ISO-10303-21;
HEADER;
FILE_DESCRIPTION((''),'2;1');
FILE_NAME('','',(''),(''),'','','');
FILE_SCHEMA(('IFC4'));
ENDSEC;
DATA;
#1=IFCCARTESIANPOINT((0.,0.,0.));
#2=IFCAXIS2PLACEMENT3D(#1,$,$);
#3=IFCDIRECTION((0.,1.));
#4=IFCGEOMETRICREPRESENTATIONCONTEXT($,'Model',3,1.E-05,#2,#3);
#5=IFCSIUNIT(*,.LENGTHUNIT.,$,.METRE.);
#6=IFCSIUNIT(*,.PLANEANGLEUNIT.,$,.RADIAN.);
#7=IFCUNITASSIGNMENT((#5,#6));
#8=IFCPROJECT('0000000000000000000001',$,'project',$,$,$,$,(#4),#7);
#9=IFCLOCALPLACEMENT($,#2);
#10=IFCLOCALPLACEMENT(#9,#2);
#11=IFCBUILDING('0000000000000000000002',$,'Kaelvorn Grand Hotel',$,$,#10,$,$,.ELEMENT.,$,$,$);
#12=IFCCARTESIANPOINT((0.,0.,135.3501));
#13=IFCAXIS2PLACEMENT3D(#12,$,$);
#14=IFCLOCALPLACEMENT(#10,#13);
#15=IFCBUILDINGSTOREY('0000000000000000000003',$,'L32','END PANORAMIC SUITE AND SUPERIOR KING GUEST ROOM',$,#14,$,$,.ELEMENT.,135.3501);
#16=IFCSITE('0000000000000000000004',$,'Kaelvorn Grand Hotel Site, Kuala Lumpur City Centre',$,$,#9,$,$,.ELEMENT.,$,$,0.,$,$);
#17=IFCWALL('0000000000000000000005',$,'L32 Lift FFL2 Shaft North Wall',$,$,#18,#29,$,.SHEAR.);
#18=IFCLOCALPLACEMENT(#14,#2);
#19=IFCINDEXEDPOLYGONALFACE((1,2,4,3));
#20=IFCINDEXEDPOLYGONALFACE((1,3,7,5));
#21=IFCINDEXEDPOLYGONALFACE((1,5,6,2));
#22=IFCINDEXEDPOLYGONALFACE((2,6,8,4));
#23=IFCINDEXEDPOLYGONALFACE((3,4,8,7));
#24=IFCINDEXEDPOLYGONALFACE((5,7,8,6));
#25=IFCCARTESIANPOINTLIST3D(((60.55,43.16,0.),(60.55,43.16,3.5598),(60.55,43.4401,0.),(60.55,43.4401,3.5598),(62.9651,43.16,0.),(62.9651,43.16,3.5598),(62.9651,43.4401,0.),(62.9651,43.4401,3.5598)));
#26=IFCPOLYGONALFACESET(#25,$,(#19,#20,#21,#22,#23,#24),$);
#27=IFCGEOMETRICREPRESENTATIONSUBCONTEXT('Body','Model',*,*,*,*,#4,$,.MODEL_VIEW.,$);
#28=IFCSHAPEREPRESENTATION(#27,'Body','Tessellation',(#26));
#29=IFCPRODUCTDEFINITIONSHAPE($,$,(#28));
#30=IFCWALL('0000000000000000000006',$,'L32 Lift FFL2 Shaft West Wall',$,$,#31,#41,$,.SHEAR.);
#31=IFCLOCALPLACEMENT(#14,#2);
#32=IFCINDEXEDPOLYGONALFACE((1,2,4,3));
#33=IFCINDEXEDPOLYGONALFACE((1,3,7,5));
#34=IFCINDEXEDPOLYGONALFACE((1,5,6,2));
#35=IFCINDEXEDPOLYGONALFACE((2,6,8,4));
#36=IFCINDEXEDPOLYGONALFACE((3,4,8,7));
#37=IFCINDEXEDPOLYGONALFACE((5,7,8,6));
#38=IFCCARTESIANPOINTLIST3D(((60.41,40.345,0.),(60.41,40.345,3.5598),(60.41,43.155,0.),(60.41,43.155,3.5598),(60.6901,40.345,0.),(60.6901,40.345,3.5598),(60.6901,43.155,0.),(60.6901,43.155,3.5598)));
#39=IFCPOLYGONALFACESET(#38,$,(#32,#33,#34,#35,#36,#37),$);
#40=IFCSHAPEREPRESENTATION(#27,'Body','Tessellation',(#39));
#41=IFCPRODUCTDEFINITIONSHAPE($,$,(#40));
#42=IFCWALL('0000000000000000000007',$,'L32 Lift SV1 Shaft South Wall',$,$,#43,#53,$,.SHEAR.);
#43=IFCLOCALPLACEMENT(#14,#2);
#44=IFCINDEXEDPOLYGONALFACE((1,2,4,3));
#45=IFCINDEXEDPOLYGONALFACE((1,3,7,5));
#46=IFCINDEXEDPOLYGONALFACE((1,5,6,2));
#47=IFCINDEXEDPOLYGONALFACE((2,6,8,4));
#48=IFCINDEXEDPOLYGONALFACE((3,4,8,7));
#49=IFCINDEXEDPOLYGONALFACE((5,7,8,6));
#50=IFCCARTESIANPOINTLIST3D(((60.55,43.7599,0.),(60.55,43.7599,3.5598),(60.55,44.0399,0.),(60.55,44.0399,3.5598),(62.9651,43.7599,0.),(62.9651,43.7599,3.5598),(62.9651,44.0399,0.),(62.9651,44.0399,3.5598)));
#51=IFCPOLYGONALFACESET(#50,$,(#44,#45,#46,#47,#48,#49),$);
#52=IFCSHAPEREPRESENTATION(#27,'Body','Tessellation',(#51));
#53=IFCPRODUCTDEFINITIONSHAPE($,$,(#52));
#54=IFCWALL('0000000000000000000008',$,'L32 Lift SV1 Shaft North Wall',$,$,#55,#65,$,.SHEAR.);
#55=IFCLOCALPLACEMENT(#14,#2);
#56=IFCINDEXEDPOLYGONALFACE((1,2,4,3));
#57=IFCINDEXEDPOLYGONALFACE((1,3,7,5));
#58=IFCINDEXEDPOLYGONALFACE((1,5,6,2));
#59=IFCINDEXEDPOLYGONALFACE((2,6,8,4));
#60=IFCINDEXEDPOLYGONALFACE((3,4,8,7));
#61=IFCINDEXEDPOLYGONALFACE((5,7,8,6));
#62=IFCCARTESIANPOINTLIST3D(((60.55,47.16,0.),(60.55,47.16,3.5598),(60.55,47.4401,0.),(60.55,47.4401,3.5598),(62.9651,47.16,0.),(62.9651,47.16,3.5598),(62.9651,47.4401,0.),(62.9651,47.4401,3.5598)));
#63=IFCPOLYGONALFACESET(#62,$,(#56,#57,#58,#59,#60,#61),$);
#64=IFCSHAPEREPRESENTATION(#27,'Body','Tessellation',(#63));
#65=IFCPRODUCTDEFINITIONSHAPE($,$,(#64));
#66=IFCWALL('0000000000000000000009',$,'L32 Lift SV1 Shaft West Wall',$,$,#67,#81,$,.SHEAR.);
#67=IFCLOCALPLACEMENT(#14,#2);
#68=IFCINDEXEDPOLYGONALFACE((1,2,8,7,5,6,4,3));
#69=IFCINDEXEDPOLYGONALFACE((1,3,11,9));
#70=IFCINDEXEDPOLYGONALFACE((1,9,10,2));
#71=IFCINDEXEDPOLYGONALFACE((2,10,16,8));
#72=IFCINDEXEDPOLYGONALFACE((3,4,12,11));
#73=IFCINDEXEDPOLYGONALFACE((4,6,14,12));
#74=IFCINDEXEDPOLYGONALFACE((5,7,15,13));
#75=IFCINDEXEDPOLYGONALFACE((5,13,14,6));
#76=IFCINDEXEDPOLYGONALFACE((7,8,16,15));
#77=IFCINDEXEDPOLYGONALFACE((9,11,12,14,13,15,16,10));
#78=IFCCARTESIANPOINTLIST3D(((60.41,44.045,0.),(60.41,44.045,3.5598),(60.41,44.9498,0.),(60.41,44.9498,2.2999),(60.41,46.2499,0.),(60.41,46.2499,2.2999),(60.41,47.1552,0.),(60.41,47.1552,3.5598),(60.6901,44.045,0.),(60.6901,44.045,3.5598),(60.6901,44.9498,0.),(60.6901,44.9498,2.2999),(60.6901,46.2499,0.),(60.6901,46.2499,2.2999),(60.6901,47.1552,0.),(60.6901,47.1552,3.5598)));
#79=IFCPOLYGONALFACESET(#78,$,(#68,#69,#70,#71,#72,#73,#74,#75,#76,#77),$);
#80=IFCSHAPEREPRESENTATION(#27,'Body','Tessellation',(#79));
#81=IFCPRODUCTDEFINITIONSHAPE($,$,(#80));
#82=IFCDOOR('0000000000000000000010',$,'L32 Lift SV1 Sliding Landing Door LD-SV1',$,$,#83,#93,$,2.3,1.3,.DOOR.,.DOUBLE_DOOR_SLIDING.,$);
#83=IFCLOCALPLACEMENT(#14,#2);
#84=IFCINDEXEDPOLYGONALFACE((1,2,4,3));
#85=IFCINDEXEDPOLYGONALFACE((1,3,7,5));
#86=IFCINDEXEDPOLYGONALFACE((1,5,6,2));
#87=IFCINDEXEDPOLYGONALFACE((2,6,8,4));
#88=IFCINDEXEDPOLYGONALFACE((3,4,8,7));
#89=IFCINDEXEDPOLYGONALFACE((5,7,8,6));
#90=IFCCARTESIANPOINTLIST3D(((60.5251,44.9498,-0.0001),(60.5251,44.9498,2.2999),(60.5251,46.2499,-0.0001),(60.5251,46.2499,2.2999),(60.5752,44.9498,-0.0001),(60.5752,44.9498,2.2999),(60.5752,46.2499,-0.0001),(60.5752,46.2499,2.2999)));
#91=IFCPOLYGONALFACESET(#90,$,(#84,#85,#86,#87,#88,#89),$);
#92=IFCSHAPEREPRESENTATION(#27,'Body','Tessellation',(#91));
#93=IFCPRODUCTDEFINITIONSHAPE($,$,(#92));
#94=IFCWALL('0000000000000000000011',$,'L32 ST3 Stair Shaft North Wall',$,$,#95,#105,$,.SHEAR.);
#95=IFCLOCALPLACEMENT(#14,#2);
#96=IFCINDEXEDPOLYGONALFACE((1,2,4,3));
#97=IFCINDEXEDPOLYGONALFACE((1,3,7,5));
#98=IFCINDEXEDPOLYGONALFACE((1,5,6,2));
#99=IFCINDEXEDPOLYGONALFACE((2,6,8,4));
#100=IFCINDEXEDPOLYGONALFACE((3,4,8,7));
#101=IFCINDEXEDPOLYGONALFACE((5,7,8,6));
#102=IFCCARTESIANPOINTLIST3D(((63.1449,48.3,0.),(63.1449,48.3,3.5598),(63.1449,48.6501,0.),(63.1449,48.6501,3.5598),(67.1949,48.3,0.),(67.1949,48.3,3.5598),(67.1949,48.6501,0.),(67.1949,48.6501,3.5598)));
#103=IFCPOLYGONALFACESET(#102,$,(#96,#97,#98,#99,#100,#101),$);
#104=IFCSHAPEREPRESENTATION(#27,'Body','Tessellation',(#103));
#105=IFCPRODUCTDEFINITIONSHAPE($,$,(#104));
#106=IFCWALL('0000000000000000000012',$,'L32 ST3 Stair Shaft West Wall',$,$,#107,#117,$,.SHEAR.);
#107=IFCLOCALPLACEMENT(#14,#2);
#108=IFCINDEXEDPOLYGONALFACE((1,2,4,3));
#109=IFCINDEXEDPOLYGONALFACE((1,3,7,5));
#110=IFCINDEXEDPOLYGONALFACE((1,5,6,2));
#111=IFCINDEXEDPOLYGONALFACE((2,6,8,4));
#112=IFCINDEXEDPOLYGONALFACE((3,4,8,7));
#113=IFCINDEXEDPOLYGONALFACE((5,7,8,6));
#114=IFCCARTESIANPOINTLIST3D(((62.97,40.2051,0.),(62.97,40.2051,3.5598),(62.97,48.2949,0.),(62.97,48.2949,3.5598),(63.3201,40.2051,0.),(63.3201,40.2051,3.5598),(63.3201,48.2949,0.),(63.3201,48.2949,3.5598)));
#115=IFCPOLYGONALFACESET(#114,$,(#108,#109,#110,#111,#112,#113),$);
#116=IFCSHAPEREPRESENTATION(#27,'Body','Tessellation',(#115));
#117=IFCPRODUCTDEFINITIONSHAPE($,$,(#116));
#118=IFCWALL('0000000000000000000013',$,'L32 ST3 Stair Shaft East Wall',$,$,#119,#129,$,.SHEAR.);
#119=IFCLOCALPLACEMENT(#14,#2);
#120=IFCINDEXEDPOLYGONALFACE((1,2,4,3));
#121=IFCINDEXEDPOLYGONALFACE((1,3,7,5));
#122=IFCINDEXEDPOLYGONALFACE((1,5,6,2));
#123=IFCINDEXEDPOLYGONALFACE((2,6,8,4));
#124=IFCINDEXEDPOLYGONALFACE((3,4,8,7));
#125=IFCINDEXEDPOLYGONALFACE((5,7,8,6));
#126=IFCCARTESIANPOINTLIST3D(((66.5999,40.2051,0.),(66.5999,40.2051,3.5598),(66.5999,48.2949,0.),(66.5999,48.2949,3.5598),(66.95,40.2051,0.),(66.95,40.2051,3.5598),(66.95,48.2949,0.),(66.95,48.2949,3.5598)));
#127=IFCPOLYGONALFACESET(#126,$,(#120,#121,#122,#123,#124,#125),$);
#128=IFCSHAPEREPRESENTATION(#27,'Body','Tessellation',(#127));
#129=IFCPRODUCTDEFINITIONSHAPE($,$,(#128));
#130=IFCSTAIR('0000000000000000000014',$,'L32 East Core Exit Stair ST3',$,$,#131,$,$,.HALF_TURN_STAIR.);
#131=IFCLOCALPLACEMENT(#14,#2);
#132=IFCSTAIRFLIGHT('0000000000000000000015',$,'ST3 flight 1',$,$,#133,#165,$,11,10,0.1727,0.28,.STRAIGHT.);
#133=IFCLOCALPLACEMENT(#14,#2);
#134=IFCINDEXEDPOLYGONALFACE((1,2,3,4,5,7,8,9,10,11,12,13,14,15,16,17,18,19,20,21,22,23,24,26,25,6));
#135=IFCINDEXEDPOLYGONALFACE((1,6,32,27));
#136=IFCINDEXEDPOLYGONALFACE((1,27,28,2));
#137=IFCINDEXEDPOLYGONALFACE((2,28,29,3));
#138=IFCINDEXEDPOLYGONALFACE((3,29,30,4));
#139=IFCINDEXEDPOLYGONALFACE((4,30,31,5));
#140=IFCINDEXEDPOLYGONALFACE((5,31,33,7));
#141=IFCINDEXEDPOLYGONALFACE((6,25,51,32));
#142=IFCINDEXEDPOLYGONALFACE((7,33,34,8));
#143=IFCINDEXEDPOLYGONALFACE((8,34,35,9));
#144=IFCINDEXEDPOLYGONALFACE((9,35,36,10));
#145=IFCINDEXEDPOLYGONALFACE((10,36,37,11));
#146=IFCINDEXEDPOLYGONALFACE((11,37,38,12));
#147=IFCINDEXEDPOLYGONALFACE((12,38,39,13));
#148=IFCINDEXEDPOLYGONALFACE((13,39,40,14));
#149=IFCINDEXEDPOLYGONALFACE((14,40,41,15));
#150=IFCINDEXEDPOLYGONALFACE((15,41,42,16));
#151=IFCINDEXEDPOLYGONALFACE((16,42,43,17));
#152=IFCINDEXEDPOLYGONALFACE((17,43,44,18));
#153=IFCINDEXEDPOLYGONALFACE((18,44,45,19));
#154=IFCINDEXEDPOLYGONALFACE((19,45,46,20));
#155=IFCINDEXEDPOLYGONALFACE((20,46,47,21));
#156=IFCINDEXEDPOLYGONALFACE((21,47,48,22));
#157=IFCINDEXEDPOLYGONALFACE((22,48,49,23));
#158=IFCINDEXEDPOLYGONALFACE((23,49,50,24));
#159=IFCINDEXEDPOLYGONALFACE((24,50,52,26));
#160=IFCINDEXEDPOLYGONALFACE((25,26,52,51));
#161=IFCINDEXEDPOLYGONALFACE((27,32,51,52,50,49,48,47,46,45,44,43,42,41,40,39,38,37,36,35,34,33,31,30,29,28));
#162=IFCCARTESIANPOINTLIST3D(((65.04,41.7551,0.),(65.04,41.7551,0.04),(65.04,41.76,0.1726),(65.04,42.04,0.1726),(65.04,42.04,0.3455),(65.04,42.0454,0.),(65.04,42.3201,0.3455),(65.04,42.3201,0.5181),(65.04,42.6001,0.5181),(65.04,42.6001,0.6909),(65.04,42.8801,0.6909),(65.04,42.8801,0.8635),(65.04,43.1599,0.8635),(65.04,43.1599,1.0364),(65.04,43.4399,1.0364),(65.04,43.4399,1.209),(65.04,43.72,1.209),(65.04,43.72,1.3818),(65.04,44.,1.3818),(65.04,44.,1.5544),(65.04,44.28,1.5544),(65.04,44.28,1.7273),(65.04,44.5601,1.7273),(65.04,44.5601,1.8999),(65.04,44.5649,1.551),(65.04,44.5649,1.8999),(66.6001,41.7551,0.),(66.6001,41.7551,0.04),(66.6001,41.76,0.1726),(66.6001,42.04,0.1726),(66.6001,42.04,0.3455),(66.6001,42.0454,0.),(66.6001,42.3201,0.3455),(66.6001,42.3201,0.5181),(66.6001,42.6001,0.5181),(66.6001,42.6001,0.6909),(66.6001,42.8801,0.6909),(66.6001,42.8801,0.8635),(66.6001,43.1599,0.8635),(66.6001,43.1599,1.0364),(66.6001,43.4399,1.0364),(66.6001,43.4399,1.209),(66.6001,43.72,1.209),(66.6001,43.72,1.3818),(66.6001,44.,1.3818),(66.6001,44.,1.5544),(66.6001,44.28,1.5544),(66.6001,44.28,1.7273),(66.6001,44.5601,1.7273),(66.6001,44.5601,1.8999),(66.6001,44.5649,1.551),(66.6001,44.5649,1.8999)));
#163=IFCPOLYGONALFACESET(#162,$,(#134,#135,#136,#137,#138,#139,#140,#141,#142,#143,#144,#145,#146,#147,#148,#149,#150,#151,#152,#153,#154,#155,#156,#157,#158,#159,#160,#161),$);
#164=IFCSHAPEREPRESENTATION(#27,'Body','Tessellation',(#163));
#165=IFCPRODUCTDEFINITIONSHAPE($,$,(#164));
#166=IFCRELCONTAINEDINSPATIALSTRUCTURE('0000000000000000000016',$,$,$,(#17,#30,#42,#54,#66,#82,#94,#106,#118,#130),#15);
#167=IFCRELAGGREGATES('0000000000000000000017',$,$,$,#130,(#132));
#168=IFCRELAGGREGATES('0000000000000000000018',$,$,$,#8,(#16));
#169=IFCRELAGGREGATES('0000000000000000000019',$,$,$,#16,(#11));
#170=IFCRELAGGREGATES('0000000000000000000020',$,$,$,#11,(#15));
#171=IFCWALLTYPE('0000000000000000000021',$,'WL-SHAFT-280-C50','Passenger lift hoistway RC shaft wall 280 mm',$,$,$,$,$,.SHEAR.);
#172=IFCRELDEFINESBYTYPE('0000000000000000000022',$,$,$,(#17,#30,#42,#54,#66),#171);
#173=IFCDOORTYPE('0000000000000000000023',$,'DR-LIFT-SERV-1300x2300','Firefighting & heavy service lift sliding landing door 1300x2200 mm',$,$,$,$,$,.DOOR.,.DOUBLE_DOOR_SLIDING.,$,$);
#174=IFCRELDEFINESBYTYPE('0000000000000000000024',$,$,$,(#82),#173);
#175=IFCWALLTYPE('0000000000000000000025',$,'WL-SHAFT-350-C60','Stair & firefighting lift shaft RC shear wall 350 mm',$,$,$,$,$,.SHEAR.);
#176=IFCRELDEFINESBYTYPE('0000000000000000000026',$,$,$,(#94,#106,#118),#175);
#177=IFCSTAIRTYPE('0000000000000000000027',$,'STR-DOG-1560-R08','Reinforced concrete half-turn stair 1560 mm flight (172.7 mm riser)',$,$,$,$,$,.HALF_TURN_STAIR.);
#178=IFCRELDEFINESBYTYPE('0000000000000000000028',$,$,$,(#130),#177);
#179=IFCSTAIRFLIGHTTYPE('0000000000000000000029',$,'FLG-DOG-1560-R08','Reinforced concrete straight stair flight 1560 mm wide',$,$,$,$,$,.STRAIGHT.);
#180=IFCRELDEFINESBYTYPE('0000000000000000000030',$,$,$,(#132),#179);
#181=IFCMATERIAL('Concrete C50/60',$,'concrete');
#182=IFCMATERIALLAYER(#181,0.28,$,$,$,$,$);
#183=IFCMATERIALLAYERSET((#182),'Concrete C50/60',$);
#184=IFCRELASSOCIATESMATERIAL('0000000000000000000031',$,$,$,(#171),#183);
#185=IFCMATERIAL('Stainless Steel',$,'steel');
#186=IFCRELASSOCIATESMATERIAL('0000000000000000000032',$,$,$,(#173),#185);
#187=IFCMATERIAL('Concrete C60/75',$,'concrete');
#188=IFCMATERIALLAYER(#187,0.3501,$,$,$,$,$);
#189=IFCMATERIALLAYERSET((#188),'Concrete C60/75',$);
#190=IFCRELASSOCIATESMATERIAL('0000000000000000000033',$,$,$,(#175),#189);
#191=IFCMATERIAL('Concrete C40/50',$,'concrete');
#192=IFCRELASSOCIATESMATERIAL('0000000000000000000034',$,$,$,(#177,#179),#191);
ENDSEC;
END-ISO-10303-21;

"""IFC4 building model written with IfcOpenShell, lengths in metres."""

from ifc_helpers import new_model, si_unit, direction, frame, frame_2d, origin, place, context, subcontext, project, spatial, polyline, rectangle, outline, extrude, material, layer, layer_set, type_object, element, fill, aggregate, save


model = new_model("IFC4")

# Units and contexts
model_context = context("Model", 3, precision=1e-05, world=origin(), true_north=direction((0.0, 1.0)))
body_context = subcontext(model_context, "Body", "Model", "MODEL_VIEW")
ifc_project = project(units=[si_unit("LENGTHUNIT", "METRE"), si_unit("PLANEANGLEUNIT", "RADIAN")], contexts=[model_context])

# Site, building, storey
site_placement = place(None, origin())
site = spatial("IfcSite", under=ifc_project, at=site_placement, Name="Kaelvorn Grand Hotel Site, Kuala Lumpur City Centre", CompositionType="ELEMENT", RefElevation=0.0)
building_placement = place(site_placement, origin())
building = spatial("IfcBuilding", under=site, at=building_placement, Name="Kaelvorn Grand Hotel", CompositionType="ELEMENT")
storey_placement = place(building_placement, frame((0.0, 0.0, 135.3501)))
storey = spatial("IfcBuildingStorey", under=building, at=storey_placement, Name="L32", Description="END PANORAMIC SUITE AND SUPERIOR KING GUEST ROOM", CompositionType="ELEMENT", Elevation=135.3501)

# Shared definitions
ifc_material_1 = material(Name="Concrete C60/75", Category="concrete")

# Shared definitions
ifc_material_2 = material(Name="Concrete C40/50", Category="concrete")

# Shared definitions
ifc_material_3 = material(Name="Concrete C50/60", Category="concrete")
ifc_layer_1 = layer(ifc_material_3, 0.28)
ifc_layer_set_1 = layer_set([ifc_layer_1], Name="Concrete C50/60")
wall_type_1 = type_object("IfcWallType", Name="WL-SHAFT-280-C50", Description="Passenger lift hoistway RC shaft wall 280 mm", PredefinedType="SHEAR", material=ifc_layer_set_1)
ifc_material_4 = material(Name="Stainless Steel", Category="steel")
door_type_1 = type_object("IfcDoorType", Name="DR-LIFT-SERV-1300x2300", Description="Firefighting & heavy service lift sliding landing door 1300x2200 mm", OperationType="DOUBLE_DOOR_SLIDING", PredefinedType="DOOR", material=ifc_material_4)

# Walls
wall_1_placement = place(storey_placement, frame((60.55, 43.3, 0.0), z_axis=(0.0, 0.0, 1.0), x_axis=(1.0, 0.0, 0.0)))
element("IfcWall", 1, at=wall_1_placement, inside=storey, type_object=wall_type_1, Name="L32 Lift FFL2 Shaft North Wall", PredefinedType="SHEAR", context=body_context, shape_type="SweptSolid", body=[
    extrude(rectangle(XDim=2.415, YDim=0.28, at=frame_2d((1.2075, 0.0))), origin(), (0.0, 0.0, 1.0), 3.5598),
])
wall_2_placement = place(storey_placement, frame((60.55, 40.345, 0.0), z_axis=(0.0, 0.0, 1.0), x_axis=(0.0, 1.0, 0.0)))
element("IfcWall", 2, at=wall_2_placement, inside=storey, type_object=wall_type_1, Name="L32 Lift FFL2 Shaft West Wall", PredefinedType="SHEAR", context=body_context, shape_type="SweptSolid", body=[
    extrude(rectangle(XDim=2.8101, YDim=0.28, at=frame_2d((1.405, 0.0))), origin(), (0.0, 0.0, 1.0), 3.5598),
])
for number, where, z_axis, x_axis, name in (
    (3, (60.55, 43.8999, 0.0), (0.0, 0.0, 1.0), (1.0, 0.0, 0.0), "L32 Lift SV1 Shaft South Wall"),
    (4, (60.55, 47.3, 0.0), (0.0, 0.0, 1.0), (1.0, 0.0, 0.0), "L32 Lift SV1 Shaft North Wall"),
):
    element("IfcWall", number, at=place(storey_placement, frame(where, z_axis=z_axis, x_axis=x_axis)), inside=storey, type_object=wall_type_1, Name=name, PredefinedType="SHEAR", context=body_context, shape_type="SweptSolid", body=[
        extrude(rectangle(XDim=2.415, YDim=0.28, at=frame_2d((1.2075, 0.0))), origin(), (0.0, 0.0, 1.0), 3.5598),
    ])

# Wall, opening, door
wall_3_placement = place(storey_placement, frame((60.55, 44.0449, 0.0), z_axis=(0.0, 0.0, 1.0), x_axis=(0.0, 1.0, 0.0)))
wall_3 = element("IfcWall", 5, at=wall_3_placement, inside=storey, type_object=wall_type_1, Name="L32 Lift SV1 Shaft West Wall", PredefinedType="SHEAR", context=body_context, shape_type="SweptSolid", body=[
    extrude(rectangle(XDim=3.1101, YDim=0.28, at=frame_2d((1.5552, 0.0))), origin(), (0.0, 0.0, 1.0), 3.5598),
])
opening_1_placement = place(wall_3_placement, frame((0.905, 0.0, 0.0)))
opening_1 = element("IfcOpeningElement", 6, at=opening_1_placement, cuts=wall_3, PredefinedType="OPENING", context=body_context, shape_type="SweptSolid", body=[
    extrude(rectangle(XDim=1.3, YDim=2.3, at=frame_2d((0.6499, 1.1499))), frame((0.0, 0.1499, 0.0), z_axis=(0.0, -1.0, 0.0), x_axis=(1.0, 0.0, 0.0)), (0.0, 0.0, 1.0), 0.3),
])
door_1_placement = place(opening_1_placement, origin())
door_1 = element("IfcDoor", 7, at=door_1_placement, inside=storey, type_object=door_type_1, Name="L32 Lift SV1 Sliding Landing Door LD-SV1", OperationType="DOUBLE_DOOR_SLIDING", OverallHeight=2.3, OverallWidth=1.3, PredefinedType="DOOR", context=body_context, shape_type="SweptSolid", body=[
    extrude(rectangle(XDim=1.3, YDim=2.3, at=frame_2d((0.6499, 1.1499))), frame((0.0, 0.0249, 0.0), z_axis=(0.0, -1.0, 0.0), x_axis=(1.0, 0.0, 0.0)), (0.0, 0.0, 1.0), 0.05),
])
fill(opening_1, door_1)
ifc_layer_2 = layer(ifc_material_1, 0.3501)
ifc_layer_set_2 = layer_set([ifc_layer_2], Name="Concrete C60/75")
wall_type_2 = type_object("IfcWallType", Name="WL-SHAFT-350-C60", Description="Stair & firefighting lift shaft RC shear wall 350 mm", PredefinedType="SHEAR", material=ifc_layer_set_2)

# Walls
wall_4_placement = place(storey_placement, frame((63.145, 48.4751, 0.0), z_axis=(0.0, 0.0, 1.0), x_axis=(1.0, 0.0, 0.0)))
element("IfcWall", 8, at=wall_4_placement, inside=storey, type_object=wall_type_2, Name="L32 ST3 Stair Shaft North Wall", PredefinedType="SHEAR", context=body_context, shape_type="SweptSolid", body=[
    extrude(rectangle(XDim=4.05, YDim=0.3501, at=frame_2d((2.0249, 0.0))), origin(), (0.0, 0.0, 1.0), 3.5598),
])
for number, where, z_axis, x_axis, name in (
    (9, (63.145, 40.2051, 0.0), (0.0, 0.0, 1.0), (0.0, 1.0, 0.0), "L32 ST3 Stair Shaft West Wall"),
    (10, (66.7749, 40.2051, 0.0), (0.0, 0.0, 1.0), (0.0, 1.0, 0.0), "L32 ST3 Stair Shaft East Wall"),
):
    element("IfcWall", number, at=place(storey_placement, frame(where, z_axis=z_axis, x_axis=x_axis)), inside=storey, type_object=wall_type_2, Name=name, PredefinedType="SHEAR", context=body_context, shape_type="SweptSolid", body=[
        extrude(rectangle(XDim=8.0898, YDim=0.3501, at=frame_2d((4.0449, 0.0))), origin(), (0.0, 0.0, 1.0), 3.5598),
    ])

# Stair, stair flight
stair_type = type_object("IfcStairType", Name="STR-DOG-1560-R08", Description="Reinforced concrete half-turn stair 1560 mm flight (172.7 mm riser)", PredefinedType="HALF_TURN_STAIR", material=ifc_material_2)
stair_placement = place(storey_placement, origin())
stair = element("IfcStair", 11, at=stair_placement, inside=storey, type_object=stair_type, Name="L32 East Core Exit Stair ST3", PredefinedType="HALF_TURN_STAIR")
stair_flight_type = type_object("IfcStairFlightType", Name="FLG-DOG-1560-R08", Description="Reinforced concrete straight stair flight 1560 mm wide", PredefinedType="STRAIGHT", material=ifc_material_2)
stair_flight_1_placement = place(storey_placement, frame((65.8201, 41.76, 0.0), z_axis=(0.0, 0.0, 1.0), x_axis=(0.0, 1.0, 0.0)))
stair_flight_1 = element("IfcStairFlight", 12, at=stair_flight_1_placement, type_object=stair_flight_type, Name="ST3 flight 1", NumberOfRisers=11, NumberOfTreads=10, PredefinedType="STRAIGHT", RiserHeight=0.1727, TreadLength=0.28, context=body_context, shape_type="SweptSolid", body=[
    extrude(outline(polyline([(-0.0049, 0.0), (-0.0049, 0.04), (0.0, 0.1726), (0.28, 0.1726), (0.28, 0.3455), (0.5601, 0.3455), (0.5601, 0.5181), (0.8401, 0.5181), (0.8401, 0.6909), (1.1201, 0.6909), (1.1201, 0.8635), (1.3999, 0.8635), (1.3999, 1.0364), (1.6799, 1.0364), (1.6799, 1.209), (1.96, 1.209), (1.96, 1.3818), (2.24, 1.3818), (2.24, 1.5544), (2.52, 1.5544), (2.52, 1.7273), (2.8, 1.7273), (2.8, 1.8999), (2.8049, 1.8999), (2.8049, 1.551), (0.2854, 0.0), (-0.0049, 0.0)])), frame((0.0, 0.78, 0.0), z_axis=(0.0, -1.0, 0.0), x_axis=(1.0, 0.0, 0.0)), (0.0, 0.0, 1.0), 1.5601),
])
aggregate(stair, [stair_flight_1])

save(model, "model.ifc")
